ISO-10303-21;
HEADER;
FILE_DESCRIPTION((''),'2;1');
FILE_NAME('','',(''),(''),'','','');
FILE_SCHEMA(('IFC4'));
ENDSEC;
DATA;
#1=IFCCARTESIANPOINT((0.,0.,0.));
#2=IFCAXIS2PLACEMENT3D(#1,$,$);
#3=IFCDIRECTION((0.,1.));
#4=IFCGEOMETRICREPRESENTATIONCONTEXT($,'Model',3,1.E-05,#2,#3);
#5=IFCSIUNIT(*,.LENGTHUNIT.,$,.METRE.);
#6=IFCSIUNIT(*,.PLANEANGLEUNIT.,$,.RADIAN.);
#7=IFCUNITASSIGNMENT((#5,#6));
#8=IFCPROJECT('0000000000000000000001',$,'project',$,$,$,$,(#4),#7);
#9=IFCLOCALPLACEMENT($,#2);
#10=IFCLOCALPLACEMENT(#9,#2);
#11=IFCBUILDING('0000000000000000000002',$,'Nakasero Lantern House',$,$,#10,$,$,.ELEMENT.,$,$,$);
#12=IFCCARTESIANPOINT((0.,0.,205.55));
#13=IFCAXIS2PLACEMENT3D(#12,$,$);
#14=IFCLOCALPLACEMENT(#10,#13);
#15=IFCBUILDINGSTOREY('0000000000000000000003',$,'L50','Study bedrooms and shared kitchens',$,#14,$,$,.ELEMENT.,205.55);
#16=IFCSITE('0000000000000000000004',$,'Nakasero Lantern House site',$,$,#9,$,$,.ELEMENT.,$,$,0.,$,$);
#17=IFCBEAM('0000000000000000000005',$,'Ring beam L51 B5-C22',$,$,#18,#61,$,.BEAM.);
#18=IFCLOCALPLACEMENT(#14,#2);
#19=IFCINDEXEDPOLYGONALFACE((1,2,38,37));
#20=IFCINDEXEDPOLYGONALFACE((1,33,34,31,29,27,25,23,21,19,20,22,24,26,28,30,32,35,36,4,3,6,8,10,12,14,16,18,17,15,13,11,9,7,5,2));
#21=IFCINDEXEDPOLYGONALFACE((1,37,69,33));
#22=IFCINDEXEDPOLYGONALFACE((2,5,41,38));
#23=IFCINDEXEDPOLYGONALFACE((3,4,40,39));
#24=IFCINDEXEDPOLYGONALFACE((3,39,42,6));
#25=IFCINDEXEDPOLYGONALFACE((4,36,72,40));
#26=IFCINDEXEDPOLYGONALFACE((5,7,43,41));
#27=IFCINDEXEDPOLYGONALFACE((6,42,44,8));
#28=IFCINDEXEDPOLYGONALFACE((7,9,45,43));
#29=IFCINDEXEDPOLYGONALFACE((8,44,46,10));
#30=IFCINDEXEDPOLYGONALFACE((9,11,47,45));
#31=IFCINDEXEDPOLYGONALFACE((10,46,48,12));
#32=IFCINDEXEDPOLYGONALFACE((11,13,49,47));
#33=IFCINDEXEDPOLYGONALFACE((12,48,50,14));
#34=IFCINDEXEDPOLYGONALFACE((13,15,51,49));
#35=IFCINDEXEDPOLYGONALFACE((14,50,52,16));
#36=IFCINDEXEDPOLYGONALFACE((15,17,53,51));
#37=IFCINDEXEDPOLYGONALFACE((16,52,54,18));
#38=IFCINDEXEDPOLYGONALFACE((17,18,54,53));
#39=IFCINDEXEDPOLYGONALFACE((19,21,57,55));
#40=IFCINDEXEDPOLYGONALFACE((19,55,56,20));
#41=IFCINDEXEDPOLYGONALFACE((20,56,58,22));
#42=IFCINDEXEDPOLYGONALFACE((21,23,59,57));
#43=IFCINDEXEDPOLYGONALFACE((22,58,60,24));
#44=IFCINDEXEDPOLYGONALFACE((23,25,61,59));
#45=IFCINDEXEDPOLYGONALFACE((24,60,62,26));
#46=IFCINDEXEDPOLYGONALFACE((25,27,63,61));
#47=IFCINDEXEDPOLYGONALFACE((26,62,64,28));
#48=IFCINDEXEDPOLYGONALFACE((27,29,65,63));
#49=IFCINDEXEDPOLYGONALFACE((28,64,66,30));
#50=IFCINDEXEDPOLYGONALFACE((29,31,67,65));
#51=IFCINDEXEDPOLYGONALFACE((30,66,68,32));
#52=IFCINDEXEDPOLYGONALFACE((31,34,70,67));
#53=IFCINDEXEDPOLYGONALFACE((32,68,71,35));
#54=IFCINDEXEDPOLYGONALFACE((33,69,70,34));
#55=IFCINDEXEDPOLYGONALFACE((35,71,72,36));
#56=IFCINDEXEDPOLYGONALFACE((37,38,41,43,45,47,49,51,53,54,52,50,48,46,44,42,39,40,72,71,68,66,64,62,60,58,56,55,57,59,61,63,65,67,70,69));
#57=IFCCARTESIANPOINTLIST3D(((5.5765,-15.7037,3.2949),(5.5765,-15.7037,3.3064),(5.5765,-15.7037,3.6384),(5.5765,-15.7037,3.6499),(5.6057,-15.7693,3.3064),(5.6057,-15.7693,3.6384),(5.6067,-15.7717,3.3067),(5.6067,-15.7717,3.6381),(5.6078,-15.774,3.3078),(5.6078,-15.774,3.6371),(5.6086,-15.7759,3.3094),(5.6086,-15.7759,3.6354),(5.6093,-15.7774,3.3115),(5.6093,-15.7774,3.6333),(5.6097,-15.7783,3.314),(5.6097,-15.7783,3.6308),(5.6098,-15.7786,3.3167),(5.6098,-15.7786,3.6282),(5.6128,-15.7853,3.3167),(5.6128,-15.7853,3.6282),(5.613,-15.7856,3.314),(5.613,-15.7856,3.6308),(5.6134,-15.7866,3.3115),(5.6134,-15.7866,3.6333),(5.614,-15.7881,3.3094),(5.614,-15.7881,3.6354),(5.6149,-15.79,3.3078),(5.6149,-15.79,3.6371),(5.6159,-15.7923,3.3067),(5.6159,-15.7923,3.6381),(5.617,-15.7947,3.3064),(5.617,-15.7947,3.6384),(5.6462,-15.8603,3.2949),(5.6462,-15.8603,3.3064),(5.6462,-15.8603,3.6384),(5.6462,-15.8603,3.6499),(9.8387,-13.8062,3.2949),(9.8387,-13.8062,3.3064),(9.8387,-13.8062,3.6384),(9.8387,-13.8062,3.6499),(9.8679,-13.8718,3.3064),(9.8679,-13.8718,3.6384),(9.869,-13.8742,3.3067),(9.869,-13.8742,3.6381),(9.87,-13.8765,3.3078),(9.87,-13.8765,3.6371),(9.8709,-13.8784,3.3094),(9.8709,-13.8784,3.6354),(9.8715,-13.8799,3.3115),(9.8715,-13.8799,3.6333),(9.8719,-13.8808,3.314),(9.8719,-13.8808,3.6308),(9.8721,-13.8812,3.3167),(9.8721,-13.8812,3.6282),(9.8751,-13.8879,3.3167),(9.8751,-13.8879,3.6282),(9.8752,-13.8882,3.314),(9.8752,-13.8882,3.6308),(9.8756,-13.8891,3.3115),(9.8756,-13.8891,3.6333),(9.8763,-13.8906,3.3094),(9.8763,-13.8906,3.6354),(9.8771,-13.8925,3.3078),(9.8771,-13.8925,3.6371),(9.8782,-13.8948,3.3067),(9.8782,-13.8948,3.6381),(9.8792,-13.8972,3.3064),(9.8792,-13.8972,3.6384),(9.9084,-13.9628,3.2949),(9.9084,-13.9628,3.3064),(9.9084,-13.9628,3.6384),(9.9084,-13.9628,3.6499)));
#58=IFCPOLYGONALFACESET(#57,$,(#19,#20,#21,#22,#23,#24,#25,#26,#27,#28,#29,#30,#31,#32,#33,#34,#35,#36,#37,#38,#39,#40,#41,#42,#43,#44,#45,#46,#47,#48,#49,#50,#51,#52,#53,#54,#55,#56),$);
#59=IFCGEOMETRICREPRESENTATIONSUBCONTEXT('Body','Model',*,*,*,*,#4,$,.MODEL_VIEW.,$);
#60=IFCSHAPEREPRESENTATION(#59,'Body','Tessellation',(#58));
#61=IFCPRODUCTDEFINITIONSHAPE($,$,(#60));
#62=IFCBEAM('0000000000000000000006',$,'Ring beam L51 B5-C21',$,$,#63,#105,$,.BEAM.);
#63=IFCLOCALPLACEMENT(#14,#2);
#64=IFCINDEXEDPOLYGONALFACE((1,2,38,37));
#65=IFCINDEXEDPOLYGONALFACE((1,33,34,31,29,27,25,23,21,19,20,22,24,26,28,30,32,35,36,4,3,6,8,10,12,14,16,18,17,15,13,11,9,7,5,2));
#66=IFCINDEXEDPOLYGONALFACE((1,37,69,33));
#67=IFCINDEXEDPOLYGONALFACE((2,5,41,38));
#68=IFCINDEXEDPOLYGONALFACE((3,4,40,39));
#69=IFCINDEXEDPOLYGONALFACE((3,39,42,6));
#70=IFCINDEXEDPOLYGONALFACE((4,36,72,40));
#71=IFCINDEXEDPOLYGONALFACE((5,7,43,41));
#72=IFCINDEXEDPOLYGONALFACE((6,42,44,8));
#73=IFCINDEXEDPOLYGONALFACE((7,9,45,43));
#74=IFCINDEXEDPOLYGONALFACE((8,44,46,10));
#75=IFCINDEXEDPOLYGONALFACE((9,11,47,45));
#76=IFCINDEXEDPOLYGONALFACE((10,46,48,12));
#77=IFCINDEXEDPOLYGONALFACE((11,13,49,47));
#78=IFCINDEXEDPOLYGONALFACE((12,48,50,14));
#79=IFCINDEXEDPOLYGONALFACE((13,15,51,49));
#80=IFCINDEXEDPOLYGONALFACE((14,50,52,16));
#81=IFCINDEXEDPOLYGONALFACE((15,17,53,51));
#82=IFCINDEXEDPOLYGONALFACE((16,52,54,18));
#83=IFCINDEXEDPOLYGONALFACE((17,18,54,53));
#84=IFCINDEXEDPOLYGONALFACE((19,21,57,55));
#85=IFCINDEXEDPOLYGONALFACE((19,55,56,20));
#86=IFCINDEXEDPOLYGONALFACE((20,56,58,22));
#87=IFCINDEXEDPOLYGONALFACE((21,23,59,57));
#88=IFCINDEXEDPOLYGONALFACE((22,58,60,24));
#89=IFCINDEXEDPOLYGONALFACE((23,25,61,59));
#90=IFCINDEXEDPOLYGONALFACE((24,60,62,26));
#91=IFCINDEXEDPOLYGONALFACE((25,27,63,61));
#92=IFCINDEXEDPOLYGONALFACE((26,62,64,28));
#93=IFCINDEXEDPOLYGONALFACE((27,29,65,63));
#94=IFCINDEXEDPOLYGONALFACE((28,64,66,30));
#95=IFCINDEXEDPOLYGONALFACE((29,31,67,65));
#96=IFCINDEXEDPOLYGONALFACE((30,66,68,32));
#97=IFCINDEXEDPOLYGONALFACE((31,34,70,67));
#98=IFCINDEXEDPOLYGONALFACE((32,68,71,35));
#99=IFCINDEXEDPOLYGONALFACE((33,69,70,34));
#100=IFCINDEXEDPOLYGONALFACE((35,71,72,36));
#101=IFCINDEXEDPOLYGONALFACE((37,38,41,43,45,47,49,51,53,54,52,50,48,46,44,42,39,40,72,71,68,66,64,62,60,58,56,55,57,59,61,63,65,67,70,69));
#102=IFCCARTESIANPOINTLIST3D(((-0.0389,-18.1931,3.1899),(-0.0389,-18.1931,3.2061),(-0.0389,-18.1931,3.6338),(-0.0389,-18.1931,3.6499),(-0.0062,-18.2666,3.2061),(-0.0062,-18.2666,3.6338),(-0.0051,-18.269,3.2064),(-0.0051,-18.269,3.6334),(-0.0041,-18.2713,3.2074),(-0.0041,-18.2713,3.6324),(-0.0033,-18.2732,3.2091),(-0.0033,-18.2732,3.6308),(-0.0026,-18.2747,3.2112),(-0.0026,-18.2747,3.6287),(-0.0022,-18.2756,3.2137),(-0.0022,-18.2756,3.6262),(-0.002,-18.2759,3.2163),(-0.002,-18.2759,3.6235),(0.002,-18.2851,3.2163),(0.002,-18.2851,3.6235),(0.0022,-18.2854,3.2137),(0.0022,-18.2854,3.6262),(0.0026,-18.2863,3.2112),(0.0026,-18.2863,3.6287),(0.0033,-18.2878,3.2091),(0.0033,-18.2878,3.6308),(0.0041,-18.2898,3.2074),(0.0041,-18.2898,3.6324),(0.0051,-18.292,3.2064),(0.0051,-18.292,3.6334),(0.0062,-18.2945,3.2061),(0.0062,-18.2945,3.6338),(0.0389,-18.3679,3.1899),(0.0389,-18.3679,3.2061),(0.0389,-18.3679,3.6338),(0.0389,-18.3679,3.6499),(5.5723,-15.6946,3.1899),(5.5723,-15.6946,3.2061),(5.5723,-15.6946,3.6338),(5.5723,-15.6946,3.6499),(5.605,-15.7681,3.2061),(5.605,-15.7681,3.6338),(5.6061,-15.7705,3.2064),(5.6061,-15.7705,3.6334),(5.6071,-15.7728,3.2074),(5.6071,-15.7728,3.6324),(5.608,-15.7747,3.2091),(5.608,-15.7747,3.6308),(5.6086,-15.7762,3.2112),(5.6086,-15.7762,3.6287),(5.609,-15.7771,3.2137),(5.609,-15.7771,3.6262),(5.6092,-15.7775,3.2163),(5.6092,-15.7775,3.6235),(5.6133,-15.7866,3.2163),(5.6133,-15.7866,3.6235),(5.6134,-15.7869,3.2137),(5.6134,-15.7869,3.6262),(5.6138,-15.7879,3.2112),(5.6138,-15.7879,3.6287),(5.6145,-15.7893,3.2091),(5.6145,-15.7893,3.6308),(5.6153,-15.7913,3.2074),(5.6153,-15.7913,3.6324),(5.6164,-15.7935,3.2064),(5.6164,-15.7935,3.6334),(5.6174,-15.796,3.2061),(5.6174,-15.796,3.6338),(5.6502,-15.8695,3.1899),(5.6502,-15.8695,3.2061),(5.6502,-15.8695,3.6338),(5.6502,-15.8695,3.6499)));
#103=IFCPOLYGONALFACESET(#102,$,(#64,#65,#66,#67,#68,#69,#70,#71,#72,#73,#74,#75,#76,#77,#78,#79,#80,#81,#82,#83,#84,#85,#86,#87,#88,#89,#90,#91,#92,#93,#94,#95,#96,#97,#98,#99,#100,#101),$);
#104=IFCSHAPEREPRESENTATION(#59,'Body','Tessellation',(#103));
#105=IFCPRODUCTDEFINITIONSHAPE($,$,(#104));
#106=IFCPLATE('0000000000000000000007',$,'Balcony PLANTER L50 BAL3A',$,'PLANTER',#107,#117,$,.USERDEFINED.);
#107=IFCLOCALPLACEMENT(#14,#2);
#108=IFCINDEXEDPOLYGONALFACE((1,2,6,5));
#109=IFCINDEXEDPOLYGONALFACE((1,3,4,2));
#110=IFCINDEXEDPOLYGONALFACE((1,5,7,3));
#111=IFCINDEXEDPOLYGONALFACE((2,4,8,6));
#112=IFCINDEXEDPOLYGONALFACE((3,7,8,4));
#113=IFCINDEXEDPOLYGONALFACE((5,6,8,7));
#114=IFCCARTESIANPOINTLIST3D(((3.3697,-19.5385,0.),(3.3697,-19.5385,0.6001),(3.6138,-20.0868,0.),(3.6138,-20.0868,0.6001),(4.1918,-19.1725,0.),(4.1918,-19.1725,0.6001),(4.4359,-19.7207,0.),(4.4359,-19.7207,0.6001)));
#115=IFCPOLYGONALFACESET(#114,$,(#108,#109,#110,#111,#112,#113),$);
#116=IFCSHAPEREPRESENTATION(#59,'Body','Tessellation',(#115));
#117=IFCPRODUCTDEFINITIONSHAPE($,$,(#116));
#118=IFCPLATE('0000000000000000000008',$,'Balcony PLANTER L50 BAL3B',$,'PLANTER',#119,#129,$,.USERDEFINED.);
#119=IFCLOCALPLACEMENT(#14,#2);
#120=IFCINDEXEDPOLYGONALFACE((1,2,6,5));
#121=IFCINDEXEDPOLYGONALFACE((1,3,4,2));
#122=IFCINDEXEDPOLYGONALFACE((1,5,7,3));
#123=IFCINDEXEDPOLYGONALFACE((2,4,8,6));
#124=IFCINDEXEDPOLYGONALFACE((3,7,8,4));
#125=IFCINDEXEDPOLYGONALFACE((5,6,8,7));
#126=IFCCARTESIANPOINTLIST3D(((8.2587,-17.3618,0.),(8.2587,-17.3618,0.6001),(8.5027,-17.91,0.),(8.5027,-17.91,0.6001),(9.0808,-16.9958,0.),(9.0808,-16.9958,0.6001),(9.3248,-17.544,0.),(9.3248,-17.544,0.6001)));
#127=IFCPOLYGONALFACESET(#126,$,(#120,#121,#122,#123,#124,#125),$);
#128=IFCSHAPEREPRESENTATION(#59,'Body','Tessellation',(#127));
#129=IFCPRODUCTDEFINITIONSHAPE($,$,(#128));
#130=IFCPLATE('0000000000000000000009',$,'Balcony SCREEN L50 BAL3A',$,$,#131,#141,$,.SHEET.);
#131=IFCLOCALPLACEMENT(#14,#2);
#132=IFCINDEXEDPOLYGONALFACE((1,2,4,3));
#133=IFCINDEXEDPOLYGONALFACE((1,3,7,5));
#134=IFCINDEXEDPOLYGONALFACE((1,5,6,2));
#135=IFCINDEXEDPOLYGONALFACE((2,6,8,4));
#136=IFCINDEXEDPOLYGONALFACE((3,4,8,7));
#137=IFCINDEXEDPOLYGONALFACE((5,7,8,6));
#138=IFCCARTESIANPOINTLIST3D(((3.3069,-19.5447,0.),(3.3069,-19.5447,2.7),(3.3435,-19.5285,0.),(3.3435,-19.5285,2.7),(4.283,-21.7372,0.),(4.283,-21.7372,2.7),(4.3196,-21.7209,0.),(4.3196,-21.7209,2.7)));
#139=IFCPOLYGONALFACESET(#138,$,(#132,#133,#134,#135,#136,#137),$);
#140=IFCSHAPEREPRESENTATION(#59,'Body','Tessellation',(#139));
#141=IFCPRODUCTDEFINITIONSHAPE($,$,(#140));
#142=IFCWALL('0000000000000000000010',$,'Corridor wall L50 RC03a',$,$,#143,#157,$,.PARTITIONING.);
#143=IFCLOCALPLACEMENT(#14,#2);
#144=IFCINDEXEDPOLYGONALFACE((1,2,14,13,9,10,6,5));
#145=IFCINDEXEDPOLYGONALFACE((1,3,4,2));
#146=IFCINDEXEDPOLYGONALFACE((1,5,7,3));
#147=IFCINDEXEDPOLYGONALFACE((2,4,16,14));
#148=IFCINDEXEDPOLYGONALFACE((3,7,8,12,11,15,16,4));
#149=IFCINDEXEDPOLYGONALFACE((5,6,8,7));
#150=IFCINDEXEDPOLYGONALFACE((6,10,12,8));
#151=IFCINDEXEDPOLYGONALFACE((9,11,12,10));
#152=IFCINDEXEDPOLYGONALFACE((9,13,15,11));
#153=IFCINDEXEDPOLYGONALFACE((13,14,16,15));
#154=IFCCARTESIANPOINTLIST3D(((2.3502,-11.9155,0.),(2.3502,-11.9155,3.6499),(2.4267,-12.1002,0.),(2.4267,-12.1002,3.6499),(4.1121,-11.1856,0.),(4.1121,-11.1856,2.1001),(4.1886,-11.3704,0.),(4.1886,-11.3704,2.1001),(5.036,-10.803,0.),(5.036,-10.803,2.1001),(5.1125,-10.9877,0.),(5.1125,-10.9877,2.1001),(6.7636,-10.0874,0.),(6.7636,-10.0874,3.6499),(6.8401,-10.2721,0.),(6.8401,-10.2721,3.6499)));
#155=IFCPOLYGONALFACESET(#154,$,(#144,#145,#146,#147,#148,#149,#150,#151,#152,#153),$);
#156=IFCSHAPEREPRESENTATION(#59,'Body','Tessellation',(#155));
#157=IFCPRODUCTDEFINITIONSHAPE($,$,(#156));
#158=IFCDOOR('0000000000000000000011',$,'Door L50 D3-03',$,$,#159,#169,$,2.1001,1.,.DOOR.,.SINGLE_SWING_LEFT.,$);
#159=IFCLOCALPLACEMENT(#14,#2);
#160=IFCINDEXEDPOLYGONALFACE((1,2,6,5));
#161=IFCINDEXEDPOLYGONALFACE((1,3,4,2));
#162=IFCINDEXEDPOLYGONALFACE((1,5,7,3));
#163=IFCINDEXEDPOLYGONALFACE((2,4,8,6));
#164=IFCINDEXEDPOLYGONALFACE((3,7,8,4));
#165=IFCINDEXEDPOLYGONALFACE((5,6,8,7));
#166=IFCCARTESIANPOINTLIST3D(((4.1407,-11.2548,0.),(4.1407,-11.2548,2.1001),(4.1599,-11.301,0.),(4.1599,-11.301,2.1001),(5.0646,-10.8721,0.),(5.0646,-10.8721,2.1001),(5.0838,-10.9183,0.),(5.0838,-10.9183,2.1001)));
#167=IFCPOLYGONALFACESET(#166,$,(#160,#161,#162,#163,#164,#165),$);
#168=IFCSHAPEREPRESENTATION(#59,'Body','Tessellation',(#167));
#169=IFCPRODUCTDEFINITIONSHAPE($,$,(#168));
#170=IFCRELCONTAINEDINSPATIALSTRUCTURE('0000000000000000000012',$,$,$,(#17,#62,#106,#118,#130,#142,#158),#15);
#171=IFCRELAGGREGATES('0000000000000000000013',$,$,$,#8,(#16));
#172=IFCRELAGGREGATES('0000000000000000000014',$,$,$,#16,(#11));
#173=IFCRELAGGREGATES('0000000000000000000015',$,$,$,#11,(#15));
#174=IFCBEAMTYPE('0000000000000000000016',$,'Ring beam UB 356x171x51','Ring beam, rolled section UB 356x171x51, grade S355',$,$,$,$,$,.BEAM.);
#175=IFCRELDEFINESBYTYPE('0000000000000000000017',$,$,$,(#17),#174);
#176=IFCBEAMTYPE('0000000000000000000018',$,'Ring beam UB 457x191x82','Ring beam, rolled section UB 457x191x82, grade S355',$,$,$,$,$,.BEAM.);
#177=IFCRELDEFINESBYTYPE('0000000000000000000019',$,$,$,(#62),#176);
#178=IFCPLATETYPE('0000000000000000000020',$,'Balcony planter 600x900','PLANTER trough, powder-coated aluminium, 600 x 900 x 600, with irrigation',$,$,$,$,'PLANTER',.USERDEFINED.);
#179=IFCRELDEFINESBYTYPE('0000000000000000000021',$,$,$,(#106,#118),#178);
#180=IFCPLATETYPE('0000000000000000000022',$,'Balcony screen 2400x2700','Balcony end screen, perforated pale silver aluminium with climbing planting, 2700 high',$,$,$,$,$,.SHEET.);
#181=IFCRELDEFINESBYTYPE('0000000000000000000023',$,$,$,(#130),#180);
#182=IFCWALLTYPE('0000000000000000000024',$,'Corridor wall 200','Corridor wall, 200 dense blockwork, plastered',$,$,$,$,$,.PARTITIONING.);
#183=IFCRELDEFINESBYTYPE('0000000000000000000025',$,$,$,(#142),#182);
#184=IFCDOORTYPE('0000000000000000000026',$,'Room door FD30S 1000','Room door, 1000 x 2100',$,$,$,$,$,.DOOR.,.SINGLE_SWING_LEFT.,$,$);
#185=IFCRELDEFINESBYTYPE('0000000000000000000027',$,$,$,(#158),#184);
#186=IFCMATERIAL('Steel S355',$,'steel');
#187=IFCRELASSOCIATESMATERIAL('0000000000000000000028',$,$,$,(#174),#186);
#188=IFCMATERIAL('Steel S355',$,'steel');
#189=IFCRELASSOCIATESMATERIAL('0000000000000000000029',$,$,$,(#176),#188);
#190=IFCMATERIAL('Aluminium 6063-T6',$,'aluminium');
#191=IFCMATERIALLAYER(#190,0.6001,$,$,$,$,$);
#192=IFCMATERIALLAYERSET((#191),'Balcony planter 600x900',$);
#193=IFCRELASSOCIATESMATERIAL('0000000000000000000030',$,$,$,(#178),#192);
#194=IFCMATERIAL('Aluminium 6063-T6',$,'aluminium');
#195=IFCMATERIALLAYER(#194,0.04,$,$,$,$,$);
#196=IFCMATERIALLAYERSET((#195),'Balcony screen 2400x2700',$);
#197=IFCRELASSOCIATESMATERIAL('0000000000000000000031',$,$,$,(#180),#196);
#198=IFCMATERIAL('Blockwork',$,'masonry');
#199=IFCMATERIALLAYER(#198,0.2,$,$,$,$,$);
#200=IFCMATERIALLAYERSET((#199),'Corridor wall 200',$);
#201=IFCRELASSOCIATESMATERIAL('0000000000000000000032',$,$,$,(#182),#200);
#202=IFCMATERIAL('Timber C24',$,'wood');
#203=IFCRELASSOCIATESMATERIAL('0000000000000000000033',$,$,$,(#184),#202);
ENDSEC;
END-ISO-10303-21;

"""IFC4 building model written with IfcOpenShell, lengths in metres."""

from ifc_helpers import new_model, si_unit, direction, frame, frame_2d, origin, origin_2d, place, context, subcontext, project, spatial, rectangle, i_section, extrude, material, layer, layer_set, material_profile, profile_set, type_object, element, fill, save


model = new_model("IFC4")

# Units and contexts
model_context = context("Model", 3, precision=1e-05, world=origin(), true_north=direction((0.0, 1.0)))
body_context = subcontext(model_context, "Body", "Model", "MODEL_VIEW")
ifc_project = project(units=[si_unit("LENGTHUNIT", "METRE"), si_unit("PLANEANGLEUNIT", "RADIAN")], contexts=[model_context])

# Site, building, storey
site_placement = place(None, origin())
site = spatial("IfcSite", under=ifc_project, at=site_placement, Name="Nakasero Lantern House site", CompositionType="ELEMENT", RefElevation=0.0)
building_placement = place(site_placement, origin())
building = spatial("IfcBuilding", under=site, at=building_placement, Name="Nakasero Lantern House", CompositionType="ELEMENT")
storey_placement = place(building_placement, frame((0.0, 0.0, 205.55)))
storey = spatial("IfcBuildingStorey", under=building, at=storey_placement, Name="L50", Description="Study bedrooms and shared kitchens", CompositionType="ELEMENT", Elevation=205.55)

# Beams
ifc_material_1 = material(Name="Steel S355", Category="steel")
ifc_material_profile_1 = material_profile(ifc_material_1, i_section(OverallWidth=0.1714, OverallDepth=0.355, WebThickness=0.0073, FlangeThickness=0.0115, FilletRadius=0.0103, at=origin_2d()), Name="UB 356x171x51")
ifc_profile_set_1 = profile_set([ifc_material_profile_1], Name="Steel S355")
beam_type_1 = type_object("IfcBeamType", Name="Ring beam UB 356x171x51", Description="Ring beam, rolled section UB 356x171x51, grade S355", PredefinedType="BEAM", material=ifc_profile_set_1)
beam_1_placement = place(storey_placement, frame((5.6113, -15.782, 3.4724), z_axis=(0.913561, 0.406702, 0.0), x_axis=(-0.406702, 0.913561, 0.0)))
element("IfcBeam", 1, at=beam_1_placement, inside=storey, type_object=beam_type_1, Name="Ring beam L51 B5-C22", PredefinedType="BEAM", context=body_context, shape_type="SweptSolid", body=[
    extrude(i_section(OverallWidth=0.1714, OverallDepth=0.355, WebThickness=0.0073, FlangeThickness=0.0115, FilletRadius=0.0103, at=origin_2d()), origin(), (0.0, 0.0, 1.0), 4.6655),
])
ifc_material_2 = material(Name="Steel S355", Category="steel")
ifc_material_profile_2 = material_profile(ifc_material_2, i_section(OverallWidth=0.1914, OverallDepth=0.46, WebThickness=0.01, FlangeThickness=0.0161, FilletRadius=0.0103, at=origin_2d()), Name="UB 457x191x82")
ifc_profile_set_2 = profile_set([ifc_material_profile_2], Name="Steel S355")
beam_type_2 = type_object("IfcBeamType", Name="Ring beam UB 457x191x82", Description="Ring beam, rolled section UB 457x191x82, grade S355", PredefinedType="BEAM", material=ifc_profile_set_2)
beam_2_placement = place(storey_placement, frame((0.0, -18.2805, 3.4199), z_axis=(0.913533, 0.406765, 0.0), x_axis=(-0.406765, 0.913533, 0.0)))
element("IfcBeam", 2, at=beam_2_placement, inside=storey, type_object=beam_type_2, Name="Ring beam L51 B5-C21", PredefinedType="BEAM", context=body_context, shape_type="SweptSolid", body=[
    extrude(i_section(OverallWidth=0.1914, OverallDepth=0.46, WebThickness=0.01, FlangeThickness=0.0161, FilletRadius=0.0103, at=origin_2d()), origin(), (0.0, 0.0, 1.0), 6.1423),
])

# Plates
ifc_material_3 = material(Name="Aluminium 6063-T6", Category="aluminium")
ifc_layer_1 = layer(ifc_material_3, 0.6001)
ifc_layer_set_1 = layer_set([ifc_layer_1], Name="Balcony planter 600x900")
plate_type_1 = type_object("IfcPlateType", Name="Balcony planter 600x900", Description="PLANTER trough, powder-coated aluminium, 600 x 900 x 600, with irrigation", ElementType="PLANTER", PredefinedType="USERDEFINED", material=ifc_layer_set_1)
for number, where, z_axis, x_axis, name in (
    (3, (3.9028, -19.6296, 0.0), (0.0, 0.0, 1.0), (0.406737, -0.913545, 0.0), "Balcony PLANTER L50 BAL3A"),
    (4, (8.7917, -17.4529, 0.0), (0.0, 0.0, 1.0), (0.406737, -0.913545, 0.0), "Balcony PLANTER L50 BAL3B"),
):
    element("IfcPlate", number, at=place(storey_placement, frame(where, z_axis=z_axis, x_axis=x_axis)), inside=storey, type_object=plate_type_1, Name=name, ObjectType="PLANTER", PredefinedType="USERDEFINED", context=body_context, shape_type="SweptSolid", body=[
        extrude(rectangle(XDim=0.6001, YDim=0.8999, at=origin_2d()), origin(), (0.0, 0.0, 1.0), 0.6001),
    ])
ifc_material_4 = material(Name="Aluminium 6063-T6", Category="aluminium")
ifc_layer_2 = layer(ifc_material_4, 0.04)
ifc_layer_set_2 = layer_set([ifc_layer_2], Name="Balcony screen 2400x2700")
plate_type_2 = type_object("IfcPlateType", Name="Balcony screen 2400x2700", Description="Balcony end screen, perforated pale silver aluminium with climbing planting, 2700 high", PredefinedType="SHEET", material=ifc_layer_set_2)
plate_placement = place(storey_placement, frame((3.8132, -20.6328, 0.0), z_axis=(0.0, 0.0, 1.0), x_axis=(0.406737, -0.913545, 0.0)))
element("IfcPlate", 5, at=plate_placement, inside=storey, type_object=plate_type_2, Name="Balcony SCREEN L50 BAL3A", PredefinedType="SHEET", context=body_context, shape_type="SweptSolid", body=[
    extrude(rectangle(XDim=2.3999, YDim=0.04, at=origin_2d()), origin(), (0.0, 0.0, 1.0), 2.7),
])

# Wall, opening, door
ifc_material_5 = material(Name="Blockwork", Category="masonry")
ifc_layer_3 = layer(ifc_material_5, 0.2)
ifc_layer_set_3 = layer_set([ifc_layer_3], Name="Corridor wall 200")
wall_type_1 = type_object("IfcWallType", Name="Corridor wall 200", Description="Corridor wall, 200 dense blockwork, plastered", PredefinedType="PARTITIONING", material=ifc_layer_set_3)
wall_1_placement = place(storey_placement, frame((6.802, -10.1797, 0.0), z_axis=(0.0, 0.0, 1.0), x_axis=(-0.923882, -0.382677, 0.0)))
wall_1 = element("IfcWall", 6, at=wall_1_placement, inside=storey, type_object=wall_type_1, Name="Corridor wall L50 RC03a", PredefinedType="PARTITIONING", context=body_context, shape_type="SweptSolid", body=[
    extrude(rectangle(XDim=4.7771, YDim=0.2, at=frame_2d((2.3887, 0.0))), origin(), (0.0, 0.0, 1.0), 3.6499),
])
opening_1_placement = place(wall_1_placement, frame((1.8701, 0.0, 0.0)))
opening_1 = element("IfcOpeningElement", 7, at=opening_1_placement, cuts=wall_1, PredefinedType="OPENING", context=body_context, shape_type="SweptSolid", body=[
    extrude(rectangle(XDim=1.0, YDim=2.1001, at=frame_2d((0.5, 1.05))), frame((0.0, 0.1199, 0.0), z_axis=(0.0, -1.0, 0.0), x_axis=(1.0, 0.0, 0.0)), (0.0, 0.0, 1.0), 0.24),
])
ifc_material_6 = material(Name="Timber C24", Category="wood")
door_type_1 = type_object("IfcDoorType", Name="Room door FD30S 1000", Description="Room door, 1000 x 2100", OperationType="SINGLE_SWING_LEFT", PredefinedType="DOOR", material=ifc_material_6)
door_1_placement = place(opening_1_placement, origin())
door_1 = element("IfcDoor", 8, at=door_1_placement, inside=storey, type_object=door_type_1, Name="Door L50 D3-03", OperationType="SINGLE_SWING_LEFT", OverallHeight=2.1001, OverallWidth=1.0, PredefinedType="DOOR", context=body_context, shape_type="SweptSolid", body=[
    extrude(rectangle(XDim=1.0, YDim=2.1001, at=frame_2d((0.5, 1.05))), frame((0.0, 0.0249, 0.0), z_axis=(0.0, -1.0, 0.0), x_axis=(1.0, 0.0, 0.0)), (0.0, 0.0, 1.0), 0.05),
])
fill(opening_1, door_1)

save(model, "model.ifc")
